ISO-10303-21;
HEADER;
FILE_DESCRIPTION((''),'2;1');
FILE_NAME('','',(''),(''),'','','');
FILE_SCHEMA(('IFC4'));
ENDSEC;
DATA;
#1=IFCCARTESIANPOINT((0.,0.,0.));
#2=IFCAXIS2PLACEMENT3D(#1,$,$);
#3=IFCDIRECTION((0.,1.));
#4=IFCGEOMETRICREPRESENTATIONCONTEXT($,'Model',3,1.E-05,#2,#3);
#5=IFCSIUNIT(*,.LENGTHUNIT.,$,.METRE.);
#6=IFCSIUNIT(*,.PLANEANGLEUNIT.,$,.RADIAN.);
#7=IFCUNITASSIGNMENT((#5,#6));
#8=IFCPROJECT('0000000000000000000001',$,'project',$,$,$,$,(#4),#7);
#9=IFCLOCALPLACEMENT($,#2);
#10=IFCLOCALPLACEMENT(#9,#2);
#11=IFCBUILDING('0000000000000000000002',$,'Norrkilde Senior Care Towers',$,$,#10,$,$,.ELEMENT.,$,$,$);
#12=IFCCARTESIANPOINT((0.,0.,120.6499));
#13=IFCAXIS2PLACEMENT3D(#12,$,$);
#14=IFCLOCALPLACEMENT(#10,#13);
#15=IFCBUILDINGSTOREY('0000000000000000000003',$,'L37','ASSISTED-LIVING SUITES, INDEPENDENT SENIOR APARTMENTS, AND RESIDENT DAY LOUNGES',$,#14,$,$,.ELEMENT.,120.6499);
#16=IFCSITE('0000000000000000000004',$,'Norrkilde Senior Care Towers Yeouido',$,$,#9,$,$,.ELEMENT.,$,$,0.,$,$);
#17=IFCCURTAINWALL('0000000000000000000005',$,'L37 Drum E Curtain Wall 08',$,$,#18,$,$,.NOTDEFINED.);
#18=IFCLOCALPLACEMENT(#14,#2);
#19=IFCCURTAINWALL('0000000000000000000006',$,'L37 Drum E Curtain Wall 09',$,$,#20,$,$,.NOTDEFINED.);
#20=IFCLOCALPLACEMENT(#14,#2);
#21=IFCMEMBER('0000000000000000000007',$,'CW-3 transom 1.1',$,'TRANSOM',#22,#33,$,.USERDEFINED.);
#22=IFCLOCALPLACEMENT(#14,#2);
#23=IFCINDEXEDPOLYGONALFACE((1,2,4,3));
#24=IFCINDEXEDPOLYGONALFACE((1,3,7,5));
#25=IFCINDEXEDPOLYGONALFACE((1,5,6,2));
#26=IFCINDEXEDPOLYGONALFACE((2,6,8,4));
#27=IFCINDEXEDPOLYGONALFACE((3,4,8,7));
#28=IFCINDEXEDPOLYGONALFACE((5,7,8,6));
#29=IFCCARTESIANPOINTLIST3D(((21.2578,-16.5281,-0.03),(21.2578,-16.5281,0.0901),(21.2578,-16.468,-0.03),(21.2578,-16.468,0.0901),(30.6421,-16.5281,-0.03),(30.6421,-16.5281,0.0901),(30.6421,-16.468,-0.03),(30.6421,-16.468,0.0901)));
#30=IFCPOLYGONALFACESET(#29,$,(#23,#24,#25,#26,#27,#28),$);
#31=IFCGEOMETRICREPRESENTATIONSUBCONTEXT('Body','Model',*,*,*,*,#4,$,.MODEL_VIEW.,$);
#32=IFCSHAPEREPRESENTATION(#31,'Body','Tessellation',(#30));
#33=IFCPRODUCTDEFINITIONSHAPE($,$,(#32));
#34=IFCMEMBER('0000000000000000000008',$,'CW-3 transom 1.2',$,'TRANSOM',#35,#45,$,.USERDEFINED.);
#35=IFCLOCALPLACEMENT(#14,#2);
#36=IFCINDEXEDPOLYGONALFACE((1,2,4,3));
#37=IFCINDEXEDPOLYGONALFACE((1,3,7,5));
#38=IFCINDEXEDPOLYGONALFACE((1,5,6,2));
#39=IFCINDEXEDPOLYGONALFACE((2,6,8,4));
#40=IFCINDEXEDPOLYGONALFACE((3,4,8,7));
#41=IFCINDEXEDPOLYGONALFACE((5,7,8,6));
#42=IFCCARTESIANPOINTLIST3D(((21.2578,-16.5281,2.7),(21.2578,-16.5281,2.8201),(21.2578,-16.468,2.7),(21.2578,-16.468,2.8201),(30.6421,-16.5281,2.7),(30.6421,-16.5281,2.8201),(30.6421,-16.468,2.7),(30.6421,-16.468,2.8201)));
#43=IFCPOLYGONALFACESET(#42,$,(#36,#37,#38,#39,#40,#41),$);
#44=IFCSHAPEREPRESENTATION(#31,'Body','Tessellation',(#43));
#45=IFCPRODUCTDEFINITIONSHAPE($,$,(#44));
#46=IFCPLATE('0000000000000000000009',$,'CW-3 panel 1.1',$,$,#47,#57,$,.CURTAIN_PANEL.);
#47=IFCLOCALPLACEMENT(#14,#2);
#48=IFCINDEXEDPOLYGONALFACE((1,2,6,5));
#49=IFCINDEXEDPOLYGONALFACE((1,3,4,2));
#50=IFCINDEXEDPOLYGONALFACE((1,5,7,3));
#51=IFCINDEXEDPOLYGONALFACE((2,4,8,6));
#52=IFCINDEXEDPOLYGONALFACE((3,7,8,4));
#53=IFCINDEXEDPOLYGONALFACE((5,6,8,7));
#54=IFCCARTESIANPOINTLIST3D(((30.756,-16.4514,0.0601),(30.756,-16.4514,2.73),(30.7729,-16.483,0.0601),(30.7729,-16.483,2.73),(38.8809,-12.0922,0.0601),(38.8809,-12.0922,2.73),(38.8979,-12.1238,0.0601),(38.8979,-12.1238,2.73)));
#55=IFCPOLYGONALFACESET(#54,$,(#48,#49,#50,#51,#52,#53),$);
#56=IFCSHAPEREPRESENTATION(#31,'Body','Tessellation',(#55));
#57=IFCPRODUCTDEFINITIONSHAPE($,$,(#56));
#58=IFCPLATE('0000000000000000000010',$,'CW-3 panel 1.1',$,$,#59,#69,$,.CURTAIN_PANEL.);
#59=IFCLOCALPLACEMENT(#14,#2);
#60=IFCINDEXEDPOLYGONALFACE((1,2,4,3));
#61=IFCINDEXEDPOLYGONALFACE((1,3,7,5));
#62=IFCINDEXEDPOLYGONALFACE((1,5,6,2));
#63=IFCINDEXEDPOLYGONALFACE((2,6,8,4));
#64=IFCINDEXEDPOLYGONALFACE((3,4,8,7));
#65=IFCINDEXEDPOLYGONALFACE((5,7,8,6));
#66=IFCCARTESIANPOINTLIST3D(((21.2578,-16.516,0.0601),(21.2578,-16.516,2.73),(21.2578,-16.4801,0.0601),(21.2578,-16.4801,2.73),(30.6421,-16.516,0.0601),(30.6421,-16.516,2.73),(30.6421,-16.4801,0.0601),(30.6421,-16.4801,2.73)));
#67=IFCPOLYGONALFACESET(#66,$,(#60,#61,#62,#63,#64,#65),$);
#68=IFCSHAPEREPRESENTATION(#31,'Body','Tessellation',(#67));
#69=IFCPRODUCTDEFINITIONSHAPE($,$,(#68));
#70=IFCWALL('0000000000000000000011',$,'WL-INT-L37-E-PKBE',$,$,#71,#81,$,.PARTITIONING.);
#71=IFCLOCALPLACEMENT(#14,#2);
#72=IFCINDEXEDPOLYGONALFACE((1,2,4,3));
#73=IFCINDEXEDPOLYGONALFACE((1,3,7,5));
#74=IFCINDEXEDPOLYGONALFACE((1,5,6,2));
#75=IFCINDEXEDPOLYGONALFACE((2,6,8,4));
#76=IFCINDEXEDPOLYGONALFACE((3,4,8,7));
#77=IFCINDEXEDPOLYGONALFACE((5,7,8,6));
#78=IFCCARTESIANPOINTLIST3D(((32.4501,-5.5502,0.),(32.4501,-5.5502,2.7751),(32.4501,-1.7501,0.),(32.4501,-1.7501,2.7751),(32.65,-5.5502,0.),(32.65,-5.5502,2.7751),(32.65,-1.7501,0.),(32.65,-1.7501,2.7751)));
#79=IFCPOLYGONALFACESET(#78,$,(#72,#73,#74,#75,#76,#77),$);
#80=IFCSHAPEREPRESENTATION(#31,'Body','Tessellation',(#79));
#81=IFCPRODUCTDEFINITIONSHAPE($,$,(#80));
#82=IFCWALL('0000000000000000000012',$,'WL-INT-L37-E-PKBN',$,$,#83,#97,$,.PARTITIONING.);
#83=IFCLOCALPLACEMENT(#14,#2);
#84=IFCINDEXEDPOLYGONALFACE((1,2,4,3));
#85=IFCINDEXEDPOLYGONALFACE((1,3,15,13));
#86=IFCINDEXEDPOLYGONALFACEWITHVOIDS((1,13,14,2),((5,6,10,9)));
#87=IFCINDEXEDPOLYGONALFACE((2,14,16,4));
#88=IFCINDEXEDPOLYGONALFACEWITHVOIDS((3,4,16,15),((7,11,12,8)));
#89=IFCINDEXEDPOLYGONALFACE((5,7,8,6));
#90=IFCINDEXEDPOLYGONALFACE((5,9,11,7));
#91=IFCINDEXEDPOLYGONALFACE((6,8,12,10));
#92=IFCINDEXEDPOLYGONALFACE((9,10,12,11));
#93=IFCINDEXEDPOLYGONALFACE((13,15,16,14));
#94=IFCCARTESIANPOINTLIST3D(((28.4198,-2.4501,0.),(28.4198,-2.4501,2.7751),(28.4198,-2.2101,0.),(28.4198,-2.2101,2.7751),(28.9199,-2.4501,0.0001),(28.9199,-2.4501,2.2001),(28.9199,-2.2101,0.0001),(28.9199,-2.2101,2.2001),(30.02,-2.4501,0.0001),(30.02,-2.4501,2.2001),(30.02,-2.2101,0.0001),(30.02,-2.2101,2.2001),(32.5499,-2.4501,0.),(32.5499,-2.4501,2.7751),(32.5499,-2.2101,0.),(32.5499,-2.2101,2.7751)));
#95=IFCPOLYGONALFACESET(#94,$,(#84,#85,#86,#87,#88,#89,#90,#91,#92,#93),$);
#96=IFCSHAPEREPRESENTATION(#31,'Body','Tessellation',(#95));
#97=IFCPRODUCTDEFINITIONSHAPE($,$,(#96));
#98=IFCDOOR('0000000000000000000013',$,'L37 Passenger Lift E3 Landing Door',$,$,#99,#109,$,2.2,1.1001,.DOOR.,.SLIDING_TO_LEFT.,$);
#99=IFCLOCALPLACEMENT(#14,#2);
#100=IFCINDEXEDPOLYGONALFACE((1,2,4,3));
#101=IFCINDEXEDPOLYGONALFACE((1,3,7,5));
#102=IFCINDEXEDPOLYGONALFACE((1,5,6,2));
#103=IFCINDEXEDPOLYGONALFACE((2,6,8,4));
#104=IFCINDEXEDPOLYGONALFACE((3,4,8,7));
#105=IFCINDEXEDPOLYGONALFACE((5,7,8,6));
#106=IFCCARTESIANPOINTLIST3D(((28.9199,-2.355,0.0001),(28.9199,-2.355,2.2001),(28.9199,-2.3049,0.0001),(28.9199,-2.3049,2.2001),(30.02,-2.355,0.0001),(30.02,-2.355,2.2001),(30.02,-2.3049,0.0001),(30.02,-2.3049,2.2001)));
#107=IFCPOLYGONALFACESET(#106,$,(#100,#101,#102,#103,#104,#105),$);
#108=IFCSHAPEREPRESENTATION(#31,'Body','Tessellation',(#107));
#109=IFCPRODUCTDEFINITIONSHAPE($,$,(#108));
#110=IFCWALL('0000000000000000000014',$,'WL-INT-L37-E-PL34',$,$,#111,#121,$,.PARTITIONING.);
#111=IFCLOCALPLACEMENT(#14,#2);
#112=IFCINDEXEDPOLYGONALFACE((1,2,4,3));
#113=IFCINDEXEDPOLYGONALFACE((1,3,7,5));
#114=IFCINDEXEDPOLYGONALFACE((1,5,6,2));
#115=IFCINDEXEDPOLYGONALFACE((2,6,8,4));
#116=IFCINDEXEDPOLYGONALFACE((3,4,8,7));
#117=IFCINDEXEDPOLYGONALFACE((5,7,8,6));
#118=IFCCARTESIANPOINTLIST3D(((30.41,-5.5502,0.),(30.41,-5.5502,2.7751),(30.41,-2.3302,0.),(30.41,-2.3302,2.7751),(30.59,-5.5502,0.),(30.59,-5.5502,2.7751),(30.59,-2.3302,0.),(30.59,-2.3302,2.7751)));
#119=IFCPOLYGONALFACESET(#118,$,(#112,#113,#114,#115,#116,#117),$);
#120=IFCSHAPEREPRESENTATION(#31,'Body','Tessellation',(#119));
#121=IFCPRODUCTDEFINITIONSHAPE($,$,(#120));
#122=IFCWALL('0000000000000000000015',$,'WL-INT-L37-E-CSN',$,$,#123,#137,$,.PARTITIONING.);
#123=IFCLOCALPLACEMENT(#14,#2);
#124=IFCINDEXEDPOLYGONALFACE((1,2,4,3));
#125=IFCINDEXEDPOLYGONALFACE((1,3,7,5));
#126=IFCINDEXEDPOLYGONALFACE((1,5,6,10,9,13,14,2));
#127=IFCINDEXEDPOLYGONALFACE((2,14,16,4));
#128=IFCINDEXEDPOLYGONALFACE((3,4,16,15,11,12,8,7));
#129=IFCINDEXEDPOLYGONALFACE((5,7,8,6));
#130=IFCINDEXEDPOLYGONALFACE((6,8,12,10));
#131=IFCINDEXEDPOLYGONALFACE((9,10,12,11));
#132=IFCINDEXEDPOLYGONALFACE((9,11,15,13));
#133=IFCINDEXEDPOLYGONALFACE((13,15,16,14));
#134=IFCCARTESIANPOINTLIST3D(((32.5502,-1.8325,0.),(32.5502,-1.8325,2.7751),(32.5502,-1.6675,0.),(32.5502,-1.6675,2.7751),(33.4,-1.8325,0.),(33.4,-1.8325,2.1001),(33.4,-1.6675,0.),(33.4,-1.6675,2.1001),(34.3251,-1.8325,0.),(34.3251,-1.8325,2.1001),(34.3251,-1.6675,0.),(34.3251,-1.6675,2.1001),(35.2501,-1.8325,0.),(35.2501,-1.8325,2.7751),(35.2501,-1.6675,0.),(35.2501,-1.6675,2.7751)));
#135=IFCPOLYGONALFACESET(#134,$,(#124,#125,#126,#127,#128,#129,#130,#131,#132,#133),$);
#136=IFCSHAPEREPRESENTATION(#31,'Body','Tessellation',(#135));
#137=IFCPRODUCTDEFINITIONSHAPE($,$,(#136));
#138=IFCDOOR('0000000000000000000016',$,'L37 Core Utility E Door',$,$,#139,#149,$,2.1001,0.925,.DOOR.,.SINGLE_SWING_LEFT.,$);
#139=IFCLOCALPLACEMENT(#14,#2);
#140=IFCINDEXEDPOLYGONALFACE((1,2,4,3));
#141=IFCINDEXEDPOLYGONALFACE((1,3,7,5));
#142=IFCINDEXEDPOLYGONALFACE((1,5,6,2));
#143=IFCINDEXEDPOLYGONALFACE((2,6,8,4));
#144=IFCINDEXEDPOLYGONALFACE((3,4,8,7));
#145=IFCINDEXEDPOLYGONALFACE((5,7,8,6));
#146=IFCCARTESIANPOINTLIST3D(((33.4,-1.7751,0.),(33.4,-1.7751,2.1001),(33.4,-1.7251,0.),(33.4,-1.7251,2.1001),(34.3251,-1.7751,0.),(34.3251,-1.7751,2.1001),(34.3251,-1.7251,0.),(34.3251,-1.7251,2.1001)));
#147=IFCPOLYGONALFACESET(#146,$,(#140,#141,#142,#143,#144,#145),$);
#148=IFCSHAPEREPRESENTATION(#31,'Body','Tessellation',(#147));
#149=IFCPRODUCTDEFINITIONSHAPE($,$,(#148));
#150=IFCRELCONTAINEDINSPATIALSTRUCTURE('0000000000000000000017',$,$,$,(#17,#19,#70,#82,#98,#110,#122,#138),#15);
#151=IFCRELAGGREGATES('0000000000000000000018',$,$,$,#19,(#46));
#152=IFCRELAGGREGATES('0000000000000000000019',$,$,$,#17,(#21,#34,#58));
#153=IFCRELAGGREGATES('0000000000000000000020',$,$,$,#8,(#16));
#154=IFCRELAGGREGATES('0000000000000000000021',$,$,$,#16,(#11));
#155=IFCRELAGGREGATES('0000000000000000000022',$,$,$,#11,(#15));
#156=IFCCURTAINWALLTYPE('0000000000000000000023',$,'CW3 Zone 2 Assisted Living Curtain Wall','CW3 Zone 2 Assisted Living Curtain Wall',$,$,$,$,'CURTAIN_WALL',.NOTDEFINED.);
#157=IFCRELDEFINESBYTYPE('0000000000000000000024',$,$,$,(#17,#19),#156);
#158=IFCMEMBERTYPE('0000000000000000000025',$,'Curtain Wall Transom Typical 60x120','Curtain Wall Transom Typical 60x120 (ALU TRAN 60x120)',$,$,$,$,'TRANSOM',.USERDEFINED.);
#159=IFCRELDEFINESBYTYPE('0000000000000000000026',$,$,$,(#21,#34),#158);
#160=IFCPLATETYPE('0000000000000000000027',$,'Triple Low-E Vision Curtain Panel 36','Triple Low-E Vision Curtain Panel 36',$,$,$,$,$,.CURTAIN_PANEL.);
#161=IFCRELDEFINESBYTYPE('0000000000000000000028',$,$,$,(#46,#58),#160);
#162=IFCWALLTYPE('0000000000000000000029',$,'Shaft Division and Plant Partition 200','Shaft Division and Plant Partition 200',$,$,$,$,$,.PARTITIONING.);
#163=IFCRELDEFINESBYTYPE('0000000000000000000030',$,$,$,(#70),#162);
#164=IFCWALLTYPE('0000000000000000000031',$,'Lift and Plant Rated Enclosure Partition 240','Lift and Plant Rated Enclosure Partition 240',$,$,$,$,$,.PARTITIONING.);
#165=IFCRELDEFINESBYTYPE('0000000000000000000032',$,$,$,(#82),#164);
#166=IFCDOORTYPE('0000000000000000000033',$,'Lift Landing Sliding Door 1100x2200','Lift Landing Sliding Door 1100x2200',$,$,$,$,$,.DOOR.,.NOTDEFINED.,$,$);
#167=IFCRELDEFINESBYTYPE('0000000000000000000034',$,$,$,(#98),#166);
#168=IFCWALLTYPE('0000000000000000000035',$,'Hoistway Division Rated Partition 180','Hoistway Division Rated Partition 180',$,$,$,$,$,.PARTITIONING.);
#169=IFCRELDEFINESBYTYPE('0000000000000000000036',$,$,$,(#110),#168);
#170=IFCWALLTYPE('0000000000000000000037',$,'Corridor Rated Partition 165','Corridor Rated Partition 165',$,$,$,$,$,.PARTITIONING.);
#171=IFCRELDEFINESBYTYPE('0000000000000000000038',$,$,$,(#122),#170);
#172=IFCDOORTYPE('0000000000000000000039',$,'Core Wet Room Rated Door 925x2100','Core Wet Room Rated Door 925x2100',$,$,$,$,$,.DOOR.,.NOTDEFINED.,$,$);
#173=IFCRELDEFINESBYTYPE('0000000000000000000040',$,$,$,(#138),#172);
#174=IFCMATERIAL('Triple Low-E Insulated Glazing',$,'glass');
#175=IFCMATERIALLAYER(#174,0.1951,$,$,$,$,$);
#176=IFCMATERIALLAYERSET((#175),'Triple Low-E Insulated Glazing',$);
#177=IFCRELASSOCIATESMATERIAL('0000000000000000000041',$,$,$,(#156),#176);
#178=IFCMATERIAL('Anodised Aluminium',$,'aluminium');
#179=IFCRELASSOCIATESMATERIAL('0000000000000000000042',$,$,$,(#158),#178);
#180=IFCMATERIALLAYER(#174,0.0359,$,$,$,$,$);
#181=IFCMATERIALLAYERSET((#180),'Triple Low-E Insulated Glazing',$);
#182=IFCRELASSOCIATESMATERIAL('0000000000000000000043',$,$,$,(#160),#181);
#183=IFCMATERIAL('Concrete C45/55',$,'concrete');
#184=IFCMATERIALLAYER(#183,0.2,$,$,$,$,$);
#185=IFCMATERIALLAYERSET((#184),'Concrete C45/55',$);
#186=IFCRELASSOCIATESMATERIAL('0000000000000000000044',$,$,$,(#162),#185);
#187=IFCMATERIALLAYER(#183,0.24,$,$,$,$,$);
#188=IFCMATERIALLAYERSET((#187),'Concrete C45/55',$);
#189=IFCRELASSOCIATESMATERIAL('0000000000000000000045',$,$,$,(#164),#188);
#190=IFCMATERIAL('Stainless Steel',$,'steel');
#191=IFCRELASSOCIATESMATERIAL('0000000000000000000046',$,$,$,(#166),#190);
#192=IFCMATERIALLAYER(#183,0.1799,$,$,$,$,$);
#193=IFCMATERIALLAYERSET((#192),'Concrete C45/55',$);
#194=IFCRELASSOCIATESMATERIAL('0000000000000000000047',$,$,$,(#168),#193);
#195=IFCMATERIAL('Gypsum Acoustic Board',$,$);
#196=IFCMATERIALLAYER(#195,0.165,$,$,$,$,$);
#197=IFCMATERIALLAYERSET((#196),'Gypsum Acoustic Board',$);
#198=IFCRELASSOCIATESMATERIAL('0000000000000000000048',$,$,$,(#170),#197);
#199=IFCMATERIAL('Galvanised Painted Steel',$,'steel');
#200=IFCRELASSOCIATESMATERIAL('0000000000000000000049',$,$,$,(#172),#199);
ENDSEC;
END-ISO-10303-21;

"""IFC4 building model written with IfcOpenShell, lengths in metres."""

from ifc_helpers import new_model, si_unit, direction, frame, frame_2d, origin, origin_2d, place, context, subcontext, project, spatial, rectangle, extrude, source, transform, mapped, material, layer, layer_set, material_profile, profile_set, type_object, type_shapes, element, fill, aggregate, save


model = new_model("IFC4")

# Units and contexts
model_context = context("Model", 3, precision=1e-05, world=origin(), true_north=direction((0.0, 1.0)))
body_context = subcontext(model_context, "Body", "Model", "MODEL_VIEW")
ifc_project = project(units=[si_unit("LENGTHUNIT", "METRE"), si_unit("PLANEANGLEUNIT", "RADIAN")], contexts=[model_context])

# Site, building, storey
site_placement = place(None, origin())
site = spatial("IfcSite", under=ifc_project, at=site_placement, Name="Norrkilde Senior Care Towers Yeouido", CompositionType="ELEMENT", RefElevation=0.0)
building_placement = place(site_placement, origin())
building = spatial("IfcBuilding", under=site, at=building_placement, Name="Norrkilde Senior Care Towers", CompositionType="ELEMENT")
storey_placement = place(building_placement, frame((0.0, 0.0, 120.6499)))
storey = spatial("IfcBuildingStorey", under=building, at=storey_placement, Name="L37", Description="ASSISTED-LIVING SUITES, INDEPENDENT SENIOR APARTMENTS, AND RESIDENT DAY LOUNGES", CompositionType="ELEMENT", Elevation=120.6499)

# Curtain walls
ifc_material_1 = material(Name="Triple Low-E Insulated Glazing", Category="glass")
ifc_layer_1 = layer(ifc_material_1, 0.1951)
ifc_layer_set_1 = layer_set([ifc_layer_1], Name="Triple Low-E Insulated Glazing")
curtain_wall_type = type_object("IfcCurtainWallType", Name="CW3 Zone 2 Assisted Living Curtain Wall", Description="CW3 Zone 2 Assisted Living Curtain Wall", ElementType="CURTAIN_WALL", PredefinedType="NOTDEFINED", material=ifc_layer_set_1)
curtain_wall_1_placement = place(storey_placement, origin())
curtain_wall_1 = element("IfcCurtainWall", 1, at=curtain_wall_1_placement, inside=storey, type_object=curtain_wall_type, Name="L37 Drum E Curtain Wall 08", PredefinedType="NOTDEFINED")
ifc_material_2 = material(Name="Anodised Aluminium", Category="aluminium")
curtain_wall_2_placement = place(storey_placement, origin())
curtain_wall_2 = element("IfcCurtainWall", 2, at=curtain_wall_2_placement, inside=storey, type_object=curtain_wall_type, Name="L37 Drum E Curtain Wall 09", PredefinedType="NOTDEFINED")

# Members
ifc_material_profile_1 = material_profile(ifc_material_2, rectangle(XDim=0.0601, YDim=0.1201, at=origin_2d()), Name="ALU TRAN 60x120")
ifc_profile_set_1 = profile_set([ifc_material_profile_1], Name="Anodised Aluminium")
member_type_1 = type_object("IfcMemberType", Name="Curtain Wall Transom Typical 60x120", Description="Curtain Wall Transom Typical 60x120 (ALU TRAN 60x120)", ElementType="TRANSOM", PredefinedType="USERDEFINED", material=ifc_profile_set_1)
shared_shape_1 = source(origin(), body_context, "Body", "SweptSolid", [
    extrude(rectangle(XDim=0.0601, YDim=0.1201, at=origin_2d()), origin(), (0.0, 0.0, 1.0), 9.3843),
])
type_shapes(member_type_1, [shared_shape_1])
member_1_placement = place(storey_placement, frame((30.6421, -16.498, 0.03), z_axis=(-1.0, 0.0, 0.0), x_axis=(0.0, -1.0, 0.0)))
member_1 = element("IfcMember", 3, at=member_1_placement, type_object=member_type_1, Name="CW-3 transom 1.1", ObjectType="TRANSOM", PredefinedType="USERDEFINED", context=body_context, shape_type="MappedRepresentation", body=[
    mapped(shared_shape_1, transform((0.0, 0.0, 0.0), x_axis=(1.0, 0.0, 0.0), y_axis=(0.0, 1.0, 0.0), z_axis=(0.0, 0.0, 1.0), scale=1.0)),
])
member_2_placement = place(storey_placement, frame((30.6421, -16.498, 2.76), z_axis=(-1.0, 0.0, 0.0), x_axis=(0.0, -1.0, 0.0)))
member_2 = element("IfcMember", 4, at=member_2_placement, type_object=member_type_1, Name="CW-3 transom 1.2", ObjectType="TRANSOM", PredefinedType="USERDEFINED", context=body_context, shape_type="MappedRepresentation", body=[
    mapped(shared_shape_1, transform((0.0, 0.0, 0.0), x_axis=(1.0, 0.0, 0.0), y_axis=(0.0, 1.0, 0.0), z_axis=(0.0, 0.0, 1.0), scale=1.0)),
])

# Plates
ifc_layer_2 = layer(ifc_material_1, 0.0359)
ifc_layer_set_2 = layer_set([ifc_layer_2], Name="Triple Low-E Insulated Glazing")
plate_type = type_object("IfcPlateType", Name="Triple Low-E Vision Curtain Panel 36", Description="Triple Low-E Vision Curtain Panel 36", PredefinedType="CURTAIN_PANEL", material=ifc_layer_set_2)
shared_shape_2 = source(origin(), body_context, "Body", "SweptSolid", [
    extrude(rectangle(XDim=9.2205, YDim=0.0359, at=origin_2d()), origin(), (0.0, 0.0, 1.0), 2.6699),
])
plate_1_placement = place(storey_placement, frame((34.8269, -14.2876, 0.0601), z_axis=(0.0, 0.0, 1.0), x_axis=(-0.881186, -0.472769, 0.0)))
plate_1 = element("IfcPlate", 5, at=plate_1_placement, type_object=plate_type, Name="CW-3 panel 1.1", PredefinedType="CURTAIN_PANEL", context=body_context, shape_type="MappedRepresentation", body=[
    mapped(shared_shape_2, transform((0.0, 0.0, 0.0), x_axis=(1.0, 0.0, 0.0), y_axis=(0.0, 1.0, 0.0), z_axis=(0.0, 0.0, 1.0), scale=1.0)),
])
aggregate(curtain_wall_2, [plate_1])
shared_shape_3 = source(origin(), body_context, "Body", "SweptSolid", [
    extrude(rectangle(XDim=9.3843, YDim=0.0359, at=origin_2d()), origin(), (0.0, 0.0, 1.0), 2.6699),
])
type_shapes(plate_type, [shared_shape_2, shared_shape_3])
plate_2_placement = place(storey_placement, frame((25.95, -16.498, 0.0601), z_axis=(0.0, 0.0, 1.0), x_axis=(-1.0, 0.0, 0.0)))
plate_2 = element("IfcPlate", 6, at=plate_2_placement, type_object=plate_type, Name="CW-3 panel 1.1", PredefinedType="CURTAIN_PANEL", context=body_context, shape_type="MappedRepresentation", body=[
    mapped(shared_shape_3, transform((0.0, 0.0, 0.0), x_axis=(1.0, 0.0, 0.0), y_axis=(0.0, 1.0, 0.0), z_axis=(0.0, 0.0, 1.0), scale=1.0)),
])
aggregate(curtain_wall_1, [member_1, member_2, plate_2])

# Wall
ifc_material_3 = material(Name="Concrete C45/55", Category="concrete")
ifc_layer_3 = layer(ifc_material_3, 0.2)
ifc_layer_set_3 = layer_set([ifc_layer_3], Name="Concrete C45/55")
wall_type_1 = type_object("IfcWallType", Name="Shaft Division and Plant Partition 200", Description="Shaft Division and Plant Partition 200", PredefinedType="PARTITIONING", material=ifc_layer_set_3)
shared_shape_4 = source(origin(), body_context, "Body", "SweptSolid", [
    extrude(rectangle(XDim=3.8, YDim=0.2, at=frame_2d((1.8999, 0.0))), origin(), (0.0, 0.0, 1.0), 2.7751),
])
type_shapes(wall_type_1, [shared_shape_4])
wall_1_placement = place(storey_placement, frame((32.55, -5.55, 0.0), z_axis=(0.0, 0.0, 1.0), x_axis=(0.0, 1.0, 0.0)))
element("IfcWall", 7, at=wall_1_placement, inside=storey, type_object=wall_type_1, Name="WL-INT-L37-E-PKBE", PredefinedType="PARTITIONING", context=body_context, shape_type="MappedRepresentation", body=[
    mapped(shared_shape_4, transform((0.0, 0.0, 0.0), x_axis=(1.0, 0.0, 0.0), y_axis=(0.0, 1.0, 0.0), z_axis=(0.0, 0.0, 1.0), scale=1.0)),
])

# Wall, opening, door
ifc_layer_4 = layer(ifc_material_3, 0.24)
ifc_layer_set_4 = layer_set([ifc_layer_4], Name="Concrete C45/55")
wall_type_2 = type_object("IfcWallType", Name="Lift and Plant Rated Enclosure Partition 240", Description="Lift and Plant Rated Enclosure Partition 240", PredefinedType="PARTITIONING", material=ifc_layer_set_4)
shared_shape_5 = source(origin(), body_context, "Body", "SweptSolid", [
    extrude(rectangle(XDim=4.1301, YDim=0.24, at=frame_2d((2.0649, 0.0))), origin(), (0.0, 0.0, 1.0), 2.7751),
])
type_shapes(wall_type_2, [shared_shape_5])
wall_2_placement = place(storey_placement, frame((28.4199, -2.3301, 0.0), z_axis=(0.0, 0.0, 1.0), x_axis=(1.0, 0.0, 0.0)))
wall_2 = element("IfcWall", 8, at=wall_2_placement, inside=storey, type_object=wall_type_2, Name="WL-INT-L37-E-PKBN", PredefinedType="PARTITIONING", context=body_context, shape_type="MappedRepresentation", body=[
    mapped(shared_shape_5, transform((0.0, 0.0, 0.0), x_axis=(1.0, 0.0, 0.0), y_axis=(0.0, 1.0, 0.0), z_axis=(0.0, 0.0, 1.0), scale=1.0)),
])
opening_1_placement = place(wall_2_placement, frame((0.5, 0.0, 0.0)))
opening_1 = element("IfcOpeningElement", 9, at=opening_1_placement, cuts=wall_2, PredefinedType="OPENING", context=body_context, shape_type="SweptSolid", body=[
    extrude(rectangle(XDim=1.1001, YDim=2.2, at=frame_2d((0.55, 1.1001))), frame((0.0, 0.1299, 0.0), z_axis=(0.0, -1.0, 0.0), x_axis=(1.0, 0.0, 0.0)), (0.0, 0.0, 1.0), 0.26),
])
ifc_material_4 = material(Name="Stainless Steel", Category="steel")
door_type_1 = type_object("IfcDoorType", Name="Lift Landing Sliding Door 1100x2200", Description="Lift Landing Sliding Door 1100x2200", OperationType="NOTDEFINED", PredefinedType="DOOR", material=ifc_material_4)
shared_shape_6 = source(origin(), body_context, "Body", "SweptSolid", [
    extrude(rectangle(XDim=1.1001, YDim=2.2, at=frame_2d((0.55, 1.1001))), frame((0.0, 0.0249, 0.0), z_axis=(0.0, -1.0, 0.0), x_axis=(1.0, 0.0, 0.0)), (0.0, 0.0, 1.0), 0.05),
])
type_shapes(door_type_1, [shared_shape_6])
door_1_placement = place(opening_1_placement, frame((1.1001, 0.0, 0.0), z_axis=(0.0, 0.0, 1.0), x_axis=(-1.0, 0.0, 0.0)))
door_1 = element("IfcDoor", 10, at=door_1_placement, inside=storey, type_object=door_type_1, Name="L37 Passenger Lift E3 Landing Door", OperationType="SLIDING_TO_LEFT", OverallHeight=2.2, OverallWidth=1.1001, PredefinedType="DOOR", context=body_context, shape_type="MappedRepresentation", body=[
    mapped(shared_shape_6, transform((0.0, 0.0, 0.0), x_axis=(1.0, 0.0, 0.0), y_axis=(0.0, 1.0, 0.0), z_axis=(0.0, 0.0, 1.0), scale=1.0)),
])
fill(opening_1, door_1)

# Wall
ifc_layer_5 = layer(ifc_material_3, 0.1799)
ifc_layer_set_5 = layer_set([ifc_layer_5], Name="Concrete C45/55")
wall_type_3 = type_object("IfcWallType", Name="Hoistway Division Rated Partition 180", Description="Hoistway Division Rated Partition 180", PredefinedType="PARTITIONING", material=ifc_layer_set_5)
shared_shape_7 = source(origin(), body_context, "Body", "SweptSolid", [
    extrude(rectangle(XDim=3.22, YDim=0.1799, at=frame_2d((1.6099, 0.0))), origin(), (0.0, 0.0, 1.0), 2.7751),
])
type_shapes(wall_type_3, [shared_shape_7])
wall_3_placement = place(storey_placement, frame((30.5, -5.55, 0.0), z_axis=(0.0, 0.0, 1.0), x_axis=(0.0, 1.0, 0.0)))
element("IfcWall", 11, at=wall_3_placement, inside=storey, type_object=wall_type_3, Name="WL-INT-L37-E-PL34", PredefinedType="PARTITIONING", context=body_context, shape_type="MappedRepresentation", body=[
    mapped(shared_shape_7, transform((0.0, 0.0, 0.0), x_axis=(1.0, 0.0, 0.0), y_axis=(0.0, 1.0, 0.0), z_axis=(0.0, 0.0, 1.0), scale=1.0)),
])

# Wall, opening, door
ifc_material_5 = material(Name="Gypsum Acoustic Board")
ifc_layer_6 = layer(ifc_material_5, 0.165)
ifc_layer_set_6 = layer_set([ifc_layer_6], Name="Gypsum Acoustic Board")
wall_type_4 = type_object("IfcWallType", Name="Corridor Rated Partition 165", Description="Corridor Rated Partition 165", PredefinedType="PARTITIONING", material=ifc_layer_set_6)
shared_shape_8 = source(origin(), body_context, "Body", "SweptSolid", [
    extrude(rectangle(XDim=2.7, YDim=0.165, at=frame_2d((1.3501, 0.0))), origin(), (0.0, 0.0, 1.0), 2.7751),
])
wall_4_placement = place(storey_placement, frame((32.55, -1.75, 0.0), z_axis=(0.0, 0.0, 1.0), x_axis=(1.0, 0.0, 0.0)))
wall_4 = element("IfcWall", 12, at=wall_4_placement, inside=storey, type_object=wall_type_4, Name="WL-INT-L37-E-CSN", PredefinedType="PARTITIONING", context=body_context, shape_type="MappedRepresentation", body=[
    mapped(shared_shape_8, transform((0.0, 0.0, 0.0), x_axis=(1.0, 0.0, 0.0), y_axis=(0.0, 1.0, 0.0), z_axis=(0.0, 0.0, 1.0), scale=1.0)),
])
opening_2_placement = place(wall_4_placement, frame((0.8501, 0.0, 0.0)))
opening_2 = element("IfcOpeningElement", 13, at=opening_2_placement, cuts=wall_4, PredefinedType="OPENING", context=body_context, shape_type="SweptSolid", body=[
    extrude(rectangle(XDim=0.925, YDim=2.1001, at=frame_2d((0.4624, 1.05))), frame((0.0, 0.0925, 0.0), z_axis=(0.0, -1.0, 0.0), x_axis=(1.0, 0.0, 0.0)), (0.0, 0.0, 1.0), 0.1851),
])
ifc_material_6 = material(Name="Galvanised Painted Steel", Category="steel")
door_type_2 = type_object("IfcDoorType", Name="Core Wet Room Rated Door 925x2100", Description="Core Wet Room Rated Door 925x2100", OperationType="NOTDEFINED", PredefinedType="DOOR", material=ifc_material_6)
shared_shape_9 = source(origin(), body_context, "Body", "SweptSolid", [
    extrude(rectangle(XDim=0.925, YDim=2.1001, at=frame_2d((0.4624, 1.05))), frame((0.0, 0.0249, 0.0), z_axis=(0.0, -1.0, 0.0), x_axis=(1.0, 0.0, 0.0)), (0.0, 0.0, 1.0), 0.05),
])
type_shapes(door_type_2, [shared_shape_9])
door_2_placement = place(opening_2_placement, origin())
door_2 = element("IfcDoor", 14, at=door_2_placement, inside=storey, type_object=door_type_2, Name="L37 Core Utility E Door", OperationType="SINGLE_SWING_LEFT", OverallHeight=2.1001, OverallWidth=0.925, PredefinedType="DOOR", context=body_context, shape_type="MappedRepresentation", body=[
    mapped(shared_shape_9, transform((0.0, 0.0, 0.0), x_axis=(1.0, 0.0, 0.0), y_axis=(0.0, 1.0, 0.0), z_axis=(0.0, 0.0, 1.0), scale=1.0)),
])
fill(opening_2, door_2)

save(model, "model.ifc")
